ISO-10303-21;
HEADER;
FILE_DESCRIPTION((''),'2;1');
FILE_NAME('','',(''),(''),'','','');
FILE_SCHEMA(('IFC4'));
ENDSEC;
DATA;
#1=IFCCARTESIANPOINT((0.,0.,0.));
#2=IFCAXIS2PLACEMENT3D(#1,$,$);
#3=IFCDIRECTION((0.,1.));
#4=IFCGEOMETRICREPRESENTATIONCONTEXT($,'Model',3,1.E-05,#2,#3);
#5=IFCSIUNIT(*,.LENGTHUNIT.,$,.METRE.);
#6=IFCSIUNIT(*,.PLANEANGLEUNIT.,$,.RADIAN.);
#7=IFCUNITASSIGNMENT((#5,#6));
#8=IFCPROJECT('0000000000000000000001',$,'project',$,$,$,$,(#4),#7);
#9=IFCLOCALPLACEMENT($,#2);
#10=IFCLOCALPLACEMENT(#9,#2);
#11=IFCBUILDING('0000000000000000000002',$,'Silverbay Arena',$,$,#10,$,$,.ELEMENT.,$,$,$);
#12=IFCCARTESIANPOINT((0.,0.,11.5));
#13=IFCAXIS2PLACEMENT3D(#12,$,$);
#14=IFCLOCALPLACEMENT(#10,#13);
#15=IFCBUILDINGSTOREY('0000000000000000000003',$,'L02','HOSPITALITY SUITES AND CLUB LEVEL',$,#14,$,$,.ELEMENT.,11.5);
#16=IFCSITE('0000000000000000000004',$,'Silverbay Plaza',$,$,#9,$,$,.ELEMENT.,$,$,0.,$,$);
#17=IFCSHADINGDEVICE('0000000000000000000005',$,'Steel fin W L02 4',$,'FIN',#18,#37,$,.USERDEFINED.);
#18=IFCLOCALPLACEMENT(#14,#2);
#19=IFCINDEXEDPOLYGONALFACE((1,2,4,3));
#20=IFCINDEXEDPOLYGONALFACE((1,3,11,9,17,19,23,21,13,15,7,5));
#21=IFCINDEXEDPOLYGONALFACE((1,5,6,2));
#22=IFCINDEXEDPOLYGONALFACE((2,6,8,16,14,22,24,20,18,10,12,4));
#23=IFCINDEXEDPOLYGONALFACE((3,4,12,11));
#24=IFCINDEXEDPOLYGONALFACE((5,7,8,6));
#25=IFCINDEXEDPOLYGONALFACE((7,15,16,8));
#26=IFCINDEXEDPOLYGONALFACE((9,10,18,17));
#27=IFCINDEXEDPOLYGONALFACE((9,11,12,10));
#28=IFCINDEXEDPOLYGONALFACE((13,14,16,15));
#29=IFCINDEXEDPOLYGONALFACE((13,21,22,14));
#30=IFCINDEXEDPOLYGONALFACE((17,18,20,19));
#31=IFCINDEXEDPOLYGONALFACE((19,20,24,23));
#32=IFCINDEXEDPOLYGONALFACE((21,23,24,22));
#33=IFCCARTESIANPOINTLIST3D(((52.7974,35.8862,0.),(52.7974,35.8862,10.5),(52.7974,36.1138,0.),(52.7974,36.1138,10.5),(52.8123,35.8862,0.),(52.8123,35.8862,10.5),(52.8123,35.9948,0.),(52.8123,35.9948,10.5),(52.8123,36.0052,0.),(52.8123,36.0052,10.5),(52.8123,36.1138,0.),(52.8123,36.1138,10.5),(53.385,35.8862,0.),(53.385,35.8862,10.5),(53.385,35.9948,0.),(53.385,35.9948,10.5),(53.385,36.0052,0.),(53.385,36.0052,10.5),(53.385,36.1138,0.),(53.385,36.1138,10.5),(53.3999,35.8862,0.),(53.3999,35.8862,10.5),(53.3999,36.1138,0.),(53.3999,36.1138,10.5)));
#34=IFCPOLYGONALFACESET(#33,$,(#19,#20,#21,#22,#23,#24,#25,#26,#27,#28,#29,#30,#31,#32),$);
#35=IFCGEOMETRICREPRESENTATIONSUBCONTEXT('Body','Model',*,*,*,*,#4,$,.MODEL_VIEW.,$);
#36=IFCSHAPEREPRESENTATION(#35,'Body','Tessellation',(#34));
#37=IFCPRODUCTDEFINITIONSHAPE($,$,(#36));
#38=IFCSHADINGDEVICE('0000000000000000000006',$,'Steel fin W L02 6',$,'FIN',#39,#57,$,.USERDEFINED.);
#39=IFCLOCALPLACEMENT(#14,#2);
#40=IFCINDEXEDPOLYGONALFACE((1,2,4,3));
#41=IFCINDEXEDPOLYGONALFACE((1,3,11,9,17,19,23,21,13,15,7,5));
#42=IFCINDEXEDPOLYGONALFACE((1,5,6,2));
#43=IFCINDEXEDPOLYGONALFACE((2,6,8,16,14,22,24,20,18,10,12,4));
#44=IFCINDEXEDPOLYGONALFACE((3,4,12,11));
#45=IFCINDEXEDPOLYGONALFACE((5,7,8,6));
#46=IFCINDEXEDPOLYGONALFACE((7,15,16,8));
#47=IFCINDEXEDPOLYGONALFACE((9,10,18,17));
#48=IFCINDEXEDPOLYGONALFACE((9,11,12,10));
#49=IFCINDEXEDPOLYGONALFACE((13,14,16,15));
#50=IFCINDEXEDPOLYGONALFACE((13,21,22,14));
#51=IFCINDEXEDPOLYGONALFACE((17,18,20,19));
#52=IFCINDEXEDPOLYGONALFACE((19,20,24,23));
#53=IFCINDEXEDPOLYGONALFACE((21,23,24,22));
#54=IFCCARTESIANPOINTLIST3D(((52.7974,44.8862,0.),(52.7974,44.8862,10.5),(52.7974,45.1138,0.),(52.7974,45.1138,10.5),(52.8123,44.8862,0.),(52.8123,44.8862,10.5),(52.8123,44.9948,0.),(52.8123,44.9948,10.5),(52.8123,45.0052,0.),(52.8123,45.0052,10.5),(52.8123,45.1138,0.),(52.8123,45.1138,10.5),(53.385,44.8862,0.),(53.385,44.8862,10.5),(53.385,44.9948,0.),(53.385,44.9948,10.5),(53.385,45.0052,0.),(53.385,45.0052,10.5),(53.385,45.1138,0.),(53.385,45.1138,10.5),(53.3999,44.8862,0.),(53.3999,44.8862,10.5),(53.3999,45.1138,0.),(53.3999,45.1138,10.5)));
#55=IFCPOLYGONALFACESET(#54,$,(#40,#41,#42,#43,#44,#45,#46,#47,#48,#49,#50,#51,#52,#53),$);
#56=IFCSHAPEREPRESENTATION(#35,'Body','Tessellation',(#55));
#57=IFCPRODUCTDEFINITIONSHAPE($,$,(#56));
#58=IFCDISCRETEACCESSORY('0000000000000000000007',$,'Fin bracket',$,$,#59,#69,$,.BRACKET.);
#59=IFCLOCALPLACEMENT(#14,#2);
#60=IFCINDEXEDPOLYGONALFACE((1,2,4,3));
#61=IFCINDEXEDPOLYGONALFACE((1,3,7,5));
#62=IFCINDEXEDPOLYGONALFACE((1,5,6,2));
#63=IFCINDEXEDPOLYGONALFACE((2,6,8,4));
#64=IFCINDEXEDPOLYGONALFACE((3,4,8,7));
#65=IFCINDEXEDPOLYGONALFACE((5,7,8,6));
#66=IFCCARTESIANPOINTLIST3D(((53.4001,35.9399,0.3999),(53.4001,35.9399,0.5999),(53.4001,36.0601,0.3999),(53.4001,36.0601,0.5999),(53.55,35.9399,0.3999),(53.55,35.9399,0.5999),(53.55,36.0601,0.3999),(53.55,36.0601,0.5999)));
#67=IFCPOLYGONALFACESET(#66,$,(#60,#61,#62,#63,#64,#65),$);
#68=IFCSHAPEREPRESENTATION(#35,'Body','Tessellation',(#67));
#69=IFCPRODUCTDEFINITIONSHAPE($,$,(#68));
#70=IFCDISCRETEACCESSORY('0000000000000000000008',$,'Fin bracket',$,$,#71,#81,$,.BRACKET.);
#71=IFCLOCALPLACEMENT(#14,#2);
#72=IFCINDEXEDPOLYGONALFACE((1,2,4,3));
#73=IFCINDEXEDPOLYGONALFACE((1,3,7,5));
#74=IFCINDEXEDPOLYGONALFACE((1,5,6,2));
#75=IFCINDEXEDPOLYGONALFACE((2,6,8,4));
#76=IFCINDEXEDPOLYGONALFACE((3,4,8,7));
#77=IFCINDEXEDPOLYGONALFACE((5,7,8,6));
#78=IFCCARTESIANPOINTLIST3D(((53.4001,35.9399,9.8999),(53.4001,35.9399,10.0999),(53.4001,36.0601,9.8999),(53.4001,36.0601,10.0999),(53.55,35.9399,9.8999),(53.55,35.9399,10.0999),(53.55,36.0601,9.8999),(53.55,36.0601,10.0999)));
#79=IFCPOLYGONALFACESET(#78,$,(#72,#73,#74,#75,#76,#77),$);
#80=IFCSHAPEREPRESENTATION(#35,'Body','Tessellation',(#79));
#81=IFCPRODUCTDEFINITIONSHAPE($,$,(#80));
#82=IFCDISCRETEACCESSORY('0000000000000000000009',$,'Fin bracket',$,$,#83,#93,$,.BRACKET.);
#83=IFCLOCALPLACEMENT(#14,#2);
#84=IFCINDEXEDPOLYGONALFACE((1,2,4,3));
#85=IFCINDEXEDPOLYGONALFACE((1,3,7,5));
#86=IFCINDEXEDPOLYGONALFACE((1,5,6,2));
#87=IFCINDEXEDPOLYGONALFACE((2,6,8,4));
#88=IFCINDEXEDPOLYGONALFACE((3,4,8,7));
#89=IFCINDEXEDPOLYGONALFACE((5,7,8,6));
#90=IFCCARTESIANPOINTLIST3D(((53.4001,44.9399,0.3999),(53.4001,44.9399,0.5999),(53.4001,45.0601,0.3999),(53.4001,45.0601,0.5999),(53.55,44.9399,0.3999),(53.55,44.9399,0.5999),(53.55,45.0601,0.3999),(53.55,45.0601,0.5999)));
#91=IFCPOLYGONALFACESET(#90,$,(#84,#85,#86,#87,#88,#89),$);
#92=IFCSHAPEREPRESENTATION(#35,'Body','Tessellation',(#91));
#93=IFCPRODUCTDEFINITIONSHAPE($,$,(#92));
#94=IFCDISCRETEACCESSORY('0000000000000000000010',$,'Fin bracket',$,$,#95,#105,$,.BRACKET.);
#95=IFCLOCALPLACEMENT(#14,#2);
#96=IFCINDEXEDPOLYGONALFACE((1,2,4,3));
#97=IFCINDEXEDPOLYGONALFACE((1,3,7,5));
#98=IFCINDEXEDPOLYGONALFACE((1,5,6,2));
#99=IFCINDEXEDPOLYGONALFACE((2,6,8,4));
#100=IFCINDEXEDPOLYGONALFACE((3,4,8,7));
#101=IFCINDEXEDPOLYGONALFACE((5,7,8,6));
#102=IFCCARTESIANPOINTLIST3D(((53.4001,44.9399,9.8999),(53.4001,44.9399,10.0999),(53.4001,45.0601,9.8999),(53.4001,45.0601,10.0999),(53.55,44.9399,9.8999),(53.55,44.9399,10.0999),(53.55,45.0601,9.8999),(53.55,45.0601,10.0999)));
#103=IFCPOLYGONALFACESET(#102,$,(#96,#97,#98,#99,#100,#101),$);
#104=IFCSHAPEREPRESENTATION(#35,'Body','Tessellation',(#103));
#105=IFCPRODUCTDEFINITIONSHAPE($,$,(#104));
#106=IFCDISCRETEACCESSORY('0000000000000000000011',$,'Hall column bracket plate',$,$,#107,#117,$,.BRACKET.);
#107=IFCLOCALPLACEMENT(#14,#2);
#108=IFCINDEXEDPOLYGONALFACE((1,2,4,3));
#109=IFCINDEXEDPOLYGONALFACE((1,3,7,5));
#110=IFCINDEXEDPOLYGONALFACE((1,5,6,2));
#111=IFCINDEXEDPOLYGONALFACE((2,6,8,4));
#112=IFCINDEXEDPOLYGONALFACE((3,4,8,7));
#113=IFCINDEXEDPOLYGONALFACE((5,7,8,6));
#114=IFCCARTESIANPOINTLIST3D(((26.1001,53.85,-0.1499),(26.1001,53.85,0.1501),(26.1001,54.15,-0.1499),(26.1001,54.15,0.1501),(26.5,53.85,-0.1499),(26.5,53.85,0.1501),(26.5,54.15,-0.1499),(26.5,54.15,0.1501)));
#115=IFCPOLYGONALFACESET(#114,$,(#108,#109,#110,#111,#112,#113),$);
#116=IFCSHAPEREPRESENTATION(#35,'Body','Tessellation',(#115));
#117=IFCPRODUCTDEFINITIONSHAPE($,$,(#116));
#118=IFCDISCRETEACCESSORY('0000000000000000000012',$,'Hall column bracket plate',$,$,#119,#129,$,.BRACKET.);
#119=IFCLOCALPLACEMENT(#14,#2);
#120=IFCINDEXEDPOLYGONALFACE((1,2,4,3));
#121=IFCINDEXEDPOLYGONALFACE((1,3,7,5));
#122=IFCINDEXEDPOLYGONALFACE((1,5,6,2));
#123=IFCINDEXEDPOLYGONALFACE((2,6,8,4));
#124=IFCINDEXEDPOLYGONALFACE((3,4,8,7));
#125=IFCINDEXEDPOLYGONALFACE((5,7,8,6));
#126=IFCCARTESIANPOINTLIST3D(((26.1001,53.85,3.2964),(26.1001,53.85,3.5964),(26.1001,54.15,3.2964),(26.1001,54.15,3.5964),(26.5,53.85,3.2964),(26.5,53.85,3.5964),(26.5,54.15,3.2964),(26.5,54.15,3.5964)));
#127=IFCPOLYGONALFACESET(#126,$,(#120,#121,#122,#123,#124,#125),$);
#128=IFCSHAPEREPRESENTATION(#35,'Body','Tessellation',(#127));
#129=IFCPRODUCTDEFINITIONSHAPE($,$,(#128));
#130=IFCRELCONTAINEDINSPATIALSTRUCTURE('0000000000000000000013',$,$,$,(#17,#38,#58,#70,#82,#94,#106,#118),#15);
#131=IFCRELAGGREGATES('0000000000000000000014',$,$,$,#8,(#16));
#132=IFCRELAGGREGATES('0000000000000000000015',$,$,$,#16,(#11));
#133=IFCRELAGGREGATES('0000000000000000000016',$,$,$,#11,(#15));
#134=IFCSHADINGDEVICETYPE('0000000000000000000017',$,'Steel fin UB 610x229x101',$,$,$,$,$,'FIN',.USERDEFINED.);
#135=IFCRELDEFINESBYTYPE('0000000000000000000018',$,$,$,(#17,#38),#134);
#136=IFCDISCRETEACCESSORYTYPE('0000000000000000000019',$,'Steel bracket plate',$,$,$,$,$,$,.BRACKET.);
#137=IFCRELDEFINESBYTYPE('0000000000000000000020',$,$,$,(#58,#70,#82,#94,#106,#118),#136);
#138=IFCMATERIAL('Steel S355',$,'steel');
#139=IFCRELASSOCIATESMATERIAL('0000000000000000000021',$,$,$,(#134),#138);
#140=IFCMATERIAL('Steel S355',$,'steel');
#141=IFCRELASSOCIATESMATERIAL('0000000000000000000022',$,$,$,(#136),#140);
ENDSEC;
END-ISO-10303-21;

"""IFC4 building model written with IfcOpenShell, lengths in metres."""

from ifc_helpers import new_model, si_unit, direction, frame, origin, origin_2d, place, context, subcontext, project, spatial, rectangle, i_section, extrude, material, material_profile, profile_set, type_object, element, save


model = new_model("IFC4")

# Units and contexts
model_context = context("Model", 3, precision=1e-05, world=origin(), true_north=direction((0.0, 1.0)))
body_context = subcontext(model_context, "Body", "Model", "MODEL_VIEW")
ifc_project = project(units=[si_unit("LENGTHUNIT", "METRE"), si_unit("PLANEANGLEUNIT", "RADIAN")], contexts=[model_context])

# Site, building, storey
site_placement = place(None, origin())
site = spatial("IfcSite", under=ifc_project, at=site_placement, Name="Silverbay Plaza", CompositionType="ELEMENT", RefElevation=0.0)
building_placement = place(site_placement, origin())
building = spatial("IfcBuilding", under=site, at=building_placement, Name="Silverbay Arena", CompositionType="ELEMENT")
storey_placement = place(building_placement, frame((0.0, 0.0, 11.5)))
storey = spatial("IfcBuildingStorey", under=building, at=storey_placement, Name="L02", Description="HOSPITALITY SUITES AND CLUB LEVEL", CompositionType="ELEMENT", Elevation=11.5)

# Shading devices
ifc_material_1 = material(Name="Steel S355", Category="steel")
ifc_material_profile_1 = material_profile(ifc_material_1, i_section(OverallWidth=0.2275, OverallDepth=0.6025, WebThickness=0.0105, FlangeThickness=0.0149, at=origin_2d()), Name="UB 610x229x101")
ifc_profile_set_1 = profile_set([ifc_material_profile_1], Name="Steel S355")
shading_device_type = type_object("IfcShadingDeviceType", Name="Steel fin UB 610x229x101", ElementType="FIN", PredefinedType="USERDEFINED", material=ifc_profile_set_1)
for number, where, z_axis, x_axis, name in (
    (1, (53.0986, 36.0, 0.0), (0.0, 0.0, 1.0), (0.0, 1.0, 0.0), "Steel fin W L02 4"),
    (2, (53.0986, 45.0, 0.0), (0.0, 0.0, 1.0), (0.0, 1.0, 0.0), "Steel fin W L02 6"),
):
    element("IfcShadingDevice", number, at=place(storey_placement, frame(where, z_axis=z_axis, x_axis=x_axis)), inside=storey, type_object=shading_device_type, Name=name, ObjectType="FIN", PredefinedType="USERDEFINED", context=body_context, shape_type="SweptSolid", body=[
        extrude(i_section(OverallWidth=0.2275, OverallDepth=0.6025, WebThickness=0.0105, FlangeThickness=0.0149, at=origin_2d()), origin(), (0.0, 0.0, 1.0), 10.5),
    ])

# Discrete accessories
ifc_material_2 = material(Name="Steel S355", Category="steel")
discrete_accessory_type = type_object("IfcDiscreteAccessoryType", Name="Steel bracket plate", PredefinedType="BRACKET", material=ifc_material_2)
for number, where, z_axis, x_axis, name in (
    (3, (53.4751, 36.0, 0.3999), (0.0, 0.0, 1.0), (1.0, 0.0, 0.0), "Fin bracket"),
    (4, (53.4751, 36.0, 9.8999), (0.0, 0.0, 1.0), (1.0, 0.0, 0.0), "Fin bracket"),
    (5, (53.4751, 45.0, 0.3999), (0.0, 0.0, 1.0), (1.0, 0.0, 0.0), "Fin bracket"),
    (6, (53.4751, 45.0, 9.8999), (0.0, 0.0, 1.0), (1.0, 0.0, 0.0), "Fin bracket"),
):
    element("IfcDiscreteAccessory", number, at=place(storey_placement, frame(where, z_axis=z_axis, x_axis=x_axis)), inside=storey, type_object=discrete_accessory_type, Name=name, PredefinedType="BRACKET", context=body_context, shape_type="SweptSolid", body=[
        extrude(rectangle(XDim=0.1499, YDim=0.1201, at=origin_2d()), origin(), (0.0, 0.0, 1.0), 0.2),
    ])
for number, where, z_axis, x_axis, name in (
    (7, (26.3, 54.0, -0.1499), (0.0, 0.0, 1.0), (1.0, 0.0, 0.0), "Hall column bracket plate"),
    (8, (26.3, 54.0, 3.2964), (0.0, 0.0, 1.0), (1.0, 0.0, 0.0), "Hall column bracket plate"),
):
    element("IfcDiscreteAccessory", number, at=place(storey_placement, frame(where, z_axis=z_axis, x_axis=x_axis)), inside=storey, type_object=discrete_accessory_type, Name=name, PredefinedType="BRACKET", context=body_context, shape_type="SweptSolid", body=[
        extrude(rectangle(XDim=0.3999, YDim=0.3, at=origin_2d()), origin(), (0.0, 0.0, 1.0), 0.3),
    ])

save(model, "model.ifc")
